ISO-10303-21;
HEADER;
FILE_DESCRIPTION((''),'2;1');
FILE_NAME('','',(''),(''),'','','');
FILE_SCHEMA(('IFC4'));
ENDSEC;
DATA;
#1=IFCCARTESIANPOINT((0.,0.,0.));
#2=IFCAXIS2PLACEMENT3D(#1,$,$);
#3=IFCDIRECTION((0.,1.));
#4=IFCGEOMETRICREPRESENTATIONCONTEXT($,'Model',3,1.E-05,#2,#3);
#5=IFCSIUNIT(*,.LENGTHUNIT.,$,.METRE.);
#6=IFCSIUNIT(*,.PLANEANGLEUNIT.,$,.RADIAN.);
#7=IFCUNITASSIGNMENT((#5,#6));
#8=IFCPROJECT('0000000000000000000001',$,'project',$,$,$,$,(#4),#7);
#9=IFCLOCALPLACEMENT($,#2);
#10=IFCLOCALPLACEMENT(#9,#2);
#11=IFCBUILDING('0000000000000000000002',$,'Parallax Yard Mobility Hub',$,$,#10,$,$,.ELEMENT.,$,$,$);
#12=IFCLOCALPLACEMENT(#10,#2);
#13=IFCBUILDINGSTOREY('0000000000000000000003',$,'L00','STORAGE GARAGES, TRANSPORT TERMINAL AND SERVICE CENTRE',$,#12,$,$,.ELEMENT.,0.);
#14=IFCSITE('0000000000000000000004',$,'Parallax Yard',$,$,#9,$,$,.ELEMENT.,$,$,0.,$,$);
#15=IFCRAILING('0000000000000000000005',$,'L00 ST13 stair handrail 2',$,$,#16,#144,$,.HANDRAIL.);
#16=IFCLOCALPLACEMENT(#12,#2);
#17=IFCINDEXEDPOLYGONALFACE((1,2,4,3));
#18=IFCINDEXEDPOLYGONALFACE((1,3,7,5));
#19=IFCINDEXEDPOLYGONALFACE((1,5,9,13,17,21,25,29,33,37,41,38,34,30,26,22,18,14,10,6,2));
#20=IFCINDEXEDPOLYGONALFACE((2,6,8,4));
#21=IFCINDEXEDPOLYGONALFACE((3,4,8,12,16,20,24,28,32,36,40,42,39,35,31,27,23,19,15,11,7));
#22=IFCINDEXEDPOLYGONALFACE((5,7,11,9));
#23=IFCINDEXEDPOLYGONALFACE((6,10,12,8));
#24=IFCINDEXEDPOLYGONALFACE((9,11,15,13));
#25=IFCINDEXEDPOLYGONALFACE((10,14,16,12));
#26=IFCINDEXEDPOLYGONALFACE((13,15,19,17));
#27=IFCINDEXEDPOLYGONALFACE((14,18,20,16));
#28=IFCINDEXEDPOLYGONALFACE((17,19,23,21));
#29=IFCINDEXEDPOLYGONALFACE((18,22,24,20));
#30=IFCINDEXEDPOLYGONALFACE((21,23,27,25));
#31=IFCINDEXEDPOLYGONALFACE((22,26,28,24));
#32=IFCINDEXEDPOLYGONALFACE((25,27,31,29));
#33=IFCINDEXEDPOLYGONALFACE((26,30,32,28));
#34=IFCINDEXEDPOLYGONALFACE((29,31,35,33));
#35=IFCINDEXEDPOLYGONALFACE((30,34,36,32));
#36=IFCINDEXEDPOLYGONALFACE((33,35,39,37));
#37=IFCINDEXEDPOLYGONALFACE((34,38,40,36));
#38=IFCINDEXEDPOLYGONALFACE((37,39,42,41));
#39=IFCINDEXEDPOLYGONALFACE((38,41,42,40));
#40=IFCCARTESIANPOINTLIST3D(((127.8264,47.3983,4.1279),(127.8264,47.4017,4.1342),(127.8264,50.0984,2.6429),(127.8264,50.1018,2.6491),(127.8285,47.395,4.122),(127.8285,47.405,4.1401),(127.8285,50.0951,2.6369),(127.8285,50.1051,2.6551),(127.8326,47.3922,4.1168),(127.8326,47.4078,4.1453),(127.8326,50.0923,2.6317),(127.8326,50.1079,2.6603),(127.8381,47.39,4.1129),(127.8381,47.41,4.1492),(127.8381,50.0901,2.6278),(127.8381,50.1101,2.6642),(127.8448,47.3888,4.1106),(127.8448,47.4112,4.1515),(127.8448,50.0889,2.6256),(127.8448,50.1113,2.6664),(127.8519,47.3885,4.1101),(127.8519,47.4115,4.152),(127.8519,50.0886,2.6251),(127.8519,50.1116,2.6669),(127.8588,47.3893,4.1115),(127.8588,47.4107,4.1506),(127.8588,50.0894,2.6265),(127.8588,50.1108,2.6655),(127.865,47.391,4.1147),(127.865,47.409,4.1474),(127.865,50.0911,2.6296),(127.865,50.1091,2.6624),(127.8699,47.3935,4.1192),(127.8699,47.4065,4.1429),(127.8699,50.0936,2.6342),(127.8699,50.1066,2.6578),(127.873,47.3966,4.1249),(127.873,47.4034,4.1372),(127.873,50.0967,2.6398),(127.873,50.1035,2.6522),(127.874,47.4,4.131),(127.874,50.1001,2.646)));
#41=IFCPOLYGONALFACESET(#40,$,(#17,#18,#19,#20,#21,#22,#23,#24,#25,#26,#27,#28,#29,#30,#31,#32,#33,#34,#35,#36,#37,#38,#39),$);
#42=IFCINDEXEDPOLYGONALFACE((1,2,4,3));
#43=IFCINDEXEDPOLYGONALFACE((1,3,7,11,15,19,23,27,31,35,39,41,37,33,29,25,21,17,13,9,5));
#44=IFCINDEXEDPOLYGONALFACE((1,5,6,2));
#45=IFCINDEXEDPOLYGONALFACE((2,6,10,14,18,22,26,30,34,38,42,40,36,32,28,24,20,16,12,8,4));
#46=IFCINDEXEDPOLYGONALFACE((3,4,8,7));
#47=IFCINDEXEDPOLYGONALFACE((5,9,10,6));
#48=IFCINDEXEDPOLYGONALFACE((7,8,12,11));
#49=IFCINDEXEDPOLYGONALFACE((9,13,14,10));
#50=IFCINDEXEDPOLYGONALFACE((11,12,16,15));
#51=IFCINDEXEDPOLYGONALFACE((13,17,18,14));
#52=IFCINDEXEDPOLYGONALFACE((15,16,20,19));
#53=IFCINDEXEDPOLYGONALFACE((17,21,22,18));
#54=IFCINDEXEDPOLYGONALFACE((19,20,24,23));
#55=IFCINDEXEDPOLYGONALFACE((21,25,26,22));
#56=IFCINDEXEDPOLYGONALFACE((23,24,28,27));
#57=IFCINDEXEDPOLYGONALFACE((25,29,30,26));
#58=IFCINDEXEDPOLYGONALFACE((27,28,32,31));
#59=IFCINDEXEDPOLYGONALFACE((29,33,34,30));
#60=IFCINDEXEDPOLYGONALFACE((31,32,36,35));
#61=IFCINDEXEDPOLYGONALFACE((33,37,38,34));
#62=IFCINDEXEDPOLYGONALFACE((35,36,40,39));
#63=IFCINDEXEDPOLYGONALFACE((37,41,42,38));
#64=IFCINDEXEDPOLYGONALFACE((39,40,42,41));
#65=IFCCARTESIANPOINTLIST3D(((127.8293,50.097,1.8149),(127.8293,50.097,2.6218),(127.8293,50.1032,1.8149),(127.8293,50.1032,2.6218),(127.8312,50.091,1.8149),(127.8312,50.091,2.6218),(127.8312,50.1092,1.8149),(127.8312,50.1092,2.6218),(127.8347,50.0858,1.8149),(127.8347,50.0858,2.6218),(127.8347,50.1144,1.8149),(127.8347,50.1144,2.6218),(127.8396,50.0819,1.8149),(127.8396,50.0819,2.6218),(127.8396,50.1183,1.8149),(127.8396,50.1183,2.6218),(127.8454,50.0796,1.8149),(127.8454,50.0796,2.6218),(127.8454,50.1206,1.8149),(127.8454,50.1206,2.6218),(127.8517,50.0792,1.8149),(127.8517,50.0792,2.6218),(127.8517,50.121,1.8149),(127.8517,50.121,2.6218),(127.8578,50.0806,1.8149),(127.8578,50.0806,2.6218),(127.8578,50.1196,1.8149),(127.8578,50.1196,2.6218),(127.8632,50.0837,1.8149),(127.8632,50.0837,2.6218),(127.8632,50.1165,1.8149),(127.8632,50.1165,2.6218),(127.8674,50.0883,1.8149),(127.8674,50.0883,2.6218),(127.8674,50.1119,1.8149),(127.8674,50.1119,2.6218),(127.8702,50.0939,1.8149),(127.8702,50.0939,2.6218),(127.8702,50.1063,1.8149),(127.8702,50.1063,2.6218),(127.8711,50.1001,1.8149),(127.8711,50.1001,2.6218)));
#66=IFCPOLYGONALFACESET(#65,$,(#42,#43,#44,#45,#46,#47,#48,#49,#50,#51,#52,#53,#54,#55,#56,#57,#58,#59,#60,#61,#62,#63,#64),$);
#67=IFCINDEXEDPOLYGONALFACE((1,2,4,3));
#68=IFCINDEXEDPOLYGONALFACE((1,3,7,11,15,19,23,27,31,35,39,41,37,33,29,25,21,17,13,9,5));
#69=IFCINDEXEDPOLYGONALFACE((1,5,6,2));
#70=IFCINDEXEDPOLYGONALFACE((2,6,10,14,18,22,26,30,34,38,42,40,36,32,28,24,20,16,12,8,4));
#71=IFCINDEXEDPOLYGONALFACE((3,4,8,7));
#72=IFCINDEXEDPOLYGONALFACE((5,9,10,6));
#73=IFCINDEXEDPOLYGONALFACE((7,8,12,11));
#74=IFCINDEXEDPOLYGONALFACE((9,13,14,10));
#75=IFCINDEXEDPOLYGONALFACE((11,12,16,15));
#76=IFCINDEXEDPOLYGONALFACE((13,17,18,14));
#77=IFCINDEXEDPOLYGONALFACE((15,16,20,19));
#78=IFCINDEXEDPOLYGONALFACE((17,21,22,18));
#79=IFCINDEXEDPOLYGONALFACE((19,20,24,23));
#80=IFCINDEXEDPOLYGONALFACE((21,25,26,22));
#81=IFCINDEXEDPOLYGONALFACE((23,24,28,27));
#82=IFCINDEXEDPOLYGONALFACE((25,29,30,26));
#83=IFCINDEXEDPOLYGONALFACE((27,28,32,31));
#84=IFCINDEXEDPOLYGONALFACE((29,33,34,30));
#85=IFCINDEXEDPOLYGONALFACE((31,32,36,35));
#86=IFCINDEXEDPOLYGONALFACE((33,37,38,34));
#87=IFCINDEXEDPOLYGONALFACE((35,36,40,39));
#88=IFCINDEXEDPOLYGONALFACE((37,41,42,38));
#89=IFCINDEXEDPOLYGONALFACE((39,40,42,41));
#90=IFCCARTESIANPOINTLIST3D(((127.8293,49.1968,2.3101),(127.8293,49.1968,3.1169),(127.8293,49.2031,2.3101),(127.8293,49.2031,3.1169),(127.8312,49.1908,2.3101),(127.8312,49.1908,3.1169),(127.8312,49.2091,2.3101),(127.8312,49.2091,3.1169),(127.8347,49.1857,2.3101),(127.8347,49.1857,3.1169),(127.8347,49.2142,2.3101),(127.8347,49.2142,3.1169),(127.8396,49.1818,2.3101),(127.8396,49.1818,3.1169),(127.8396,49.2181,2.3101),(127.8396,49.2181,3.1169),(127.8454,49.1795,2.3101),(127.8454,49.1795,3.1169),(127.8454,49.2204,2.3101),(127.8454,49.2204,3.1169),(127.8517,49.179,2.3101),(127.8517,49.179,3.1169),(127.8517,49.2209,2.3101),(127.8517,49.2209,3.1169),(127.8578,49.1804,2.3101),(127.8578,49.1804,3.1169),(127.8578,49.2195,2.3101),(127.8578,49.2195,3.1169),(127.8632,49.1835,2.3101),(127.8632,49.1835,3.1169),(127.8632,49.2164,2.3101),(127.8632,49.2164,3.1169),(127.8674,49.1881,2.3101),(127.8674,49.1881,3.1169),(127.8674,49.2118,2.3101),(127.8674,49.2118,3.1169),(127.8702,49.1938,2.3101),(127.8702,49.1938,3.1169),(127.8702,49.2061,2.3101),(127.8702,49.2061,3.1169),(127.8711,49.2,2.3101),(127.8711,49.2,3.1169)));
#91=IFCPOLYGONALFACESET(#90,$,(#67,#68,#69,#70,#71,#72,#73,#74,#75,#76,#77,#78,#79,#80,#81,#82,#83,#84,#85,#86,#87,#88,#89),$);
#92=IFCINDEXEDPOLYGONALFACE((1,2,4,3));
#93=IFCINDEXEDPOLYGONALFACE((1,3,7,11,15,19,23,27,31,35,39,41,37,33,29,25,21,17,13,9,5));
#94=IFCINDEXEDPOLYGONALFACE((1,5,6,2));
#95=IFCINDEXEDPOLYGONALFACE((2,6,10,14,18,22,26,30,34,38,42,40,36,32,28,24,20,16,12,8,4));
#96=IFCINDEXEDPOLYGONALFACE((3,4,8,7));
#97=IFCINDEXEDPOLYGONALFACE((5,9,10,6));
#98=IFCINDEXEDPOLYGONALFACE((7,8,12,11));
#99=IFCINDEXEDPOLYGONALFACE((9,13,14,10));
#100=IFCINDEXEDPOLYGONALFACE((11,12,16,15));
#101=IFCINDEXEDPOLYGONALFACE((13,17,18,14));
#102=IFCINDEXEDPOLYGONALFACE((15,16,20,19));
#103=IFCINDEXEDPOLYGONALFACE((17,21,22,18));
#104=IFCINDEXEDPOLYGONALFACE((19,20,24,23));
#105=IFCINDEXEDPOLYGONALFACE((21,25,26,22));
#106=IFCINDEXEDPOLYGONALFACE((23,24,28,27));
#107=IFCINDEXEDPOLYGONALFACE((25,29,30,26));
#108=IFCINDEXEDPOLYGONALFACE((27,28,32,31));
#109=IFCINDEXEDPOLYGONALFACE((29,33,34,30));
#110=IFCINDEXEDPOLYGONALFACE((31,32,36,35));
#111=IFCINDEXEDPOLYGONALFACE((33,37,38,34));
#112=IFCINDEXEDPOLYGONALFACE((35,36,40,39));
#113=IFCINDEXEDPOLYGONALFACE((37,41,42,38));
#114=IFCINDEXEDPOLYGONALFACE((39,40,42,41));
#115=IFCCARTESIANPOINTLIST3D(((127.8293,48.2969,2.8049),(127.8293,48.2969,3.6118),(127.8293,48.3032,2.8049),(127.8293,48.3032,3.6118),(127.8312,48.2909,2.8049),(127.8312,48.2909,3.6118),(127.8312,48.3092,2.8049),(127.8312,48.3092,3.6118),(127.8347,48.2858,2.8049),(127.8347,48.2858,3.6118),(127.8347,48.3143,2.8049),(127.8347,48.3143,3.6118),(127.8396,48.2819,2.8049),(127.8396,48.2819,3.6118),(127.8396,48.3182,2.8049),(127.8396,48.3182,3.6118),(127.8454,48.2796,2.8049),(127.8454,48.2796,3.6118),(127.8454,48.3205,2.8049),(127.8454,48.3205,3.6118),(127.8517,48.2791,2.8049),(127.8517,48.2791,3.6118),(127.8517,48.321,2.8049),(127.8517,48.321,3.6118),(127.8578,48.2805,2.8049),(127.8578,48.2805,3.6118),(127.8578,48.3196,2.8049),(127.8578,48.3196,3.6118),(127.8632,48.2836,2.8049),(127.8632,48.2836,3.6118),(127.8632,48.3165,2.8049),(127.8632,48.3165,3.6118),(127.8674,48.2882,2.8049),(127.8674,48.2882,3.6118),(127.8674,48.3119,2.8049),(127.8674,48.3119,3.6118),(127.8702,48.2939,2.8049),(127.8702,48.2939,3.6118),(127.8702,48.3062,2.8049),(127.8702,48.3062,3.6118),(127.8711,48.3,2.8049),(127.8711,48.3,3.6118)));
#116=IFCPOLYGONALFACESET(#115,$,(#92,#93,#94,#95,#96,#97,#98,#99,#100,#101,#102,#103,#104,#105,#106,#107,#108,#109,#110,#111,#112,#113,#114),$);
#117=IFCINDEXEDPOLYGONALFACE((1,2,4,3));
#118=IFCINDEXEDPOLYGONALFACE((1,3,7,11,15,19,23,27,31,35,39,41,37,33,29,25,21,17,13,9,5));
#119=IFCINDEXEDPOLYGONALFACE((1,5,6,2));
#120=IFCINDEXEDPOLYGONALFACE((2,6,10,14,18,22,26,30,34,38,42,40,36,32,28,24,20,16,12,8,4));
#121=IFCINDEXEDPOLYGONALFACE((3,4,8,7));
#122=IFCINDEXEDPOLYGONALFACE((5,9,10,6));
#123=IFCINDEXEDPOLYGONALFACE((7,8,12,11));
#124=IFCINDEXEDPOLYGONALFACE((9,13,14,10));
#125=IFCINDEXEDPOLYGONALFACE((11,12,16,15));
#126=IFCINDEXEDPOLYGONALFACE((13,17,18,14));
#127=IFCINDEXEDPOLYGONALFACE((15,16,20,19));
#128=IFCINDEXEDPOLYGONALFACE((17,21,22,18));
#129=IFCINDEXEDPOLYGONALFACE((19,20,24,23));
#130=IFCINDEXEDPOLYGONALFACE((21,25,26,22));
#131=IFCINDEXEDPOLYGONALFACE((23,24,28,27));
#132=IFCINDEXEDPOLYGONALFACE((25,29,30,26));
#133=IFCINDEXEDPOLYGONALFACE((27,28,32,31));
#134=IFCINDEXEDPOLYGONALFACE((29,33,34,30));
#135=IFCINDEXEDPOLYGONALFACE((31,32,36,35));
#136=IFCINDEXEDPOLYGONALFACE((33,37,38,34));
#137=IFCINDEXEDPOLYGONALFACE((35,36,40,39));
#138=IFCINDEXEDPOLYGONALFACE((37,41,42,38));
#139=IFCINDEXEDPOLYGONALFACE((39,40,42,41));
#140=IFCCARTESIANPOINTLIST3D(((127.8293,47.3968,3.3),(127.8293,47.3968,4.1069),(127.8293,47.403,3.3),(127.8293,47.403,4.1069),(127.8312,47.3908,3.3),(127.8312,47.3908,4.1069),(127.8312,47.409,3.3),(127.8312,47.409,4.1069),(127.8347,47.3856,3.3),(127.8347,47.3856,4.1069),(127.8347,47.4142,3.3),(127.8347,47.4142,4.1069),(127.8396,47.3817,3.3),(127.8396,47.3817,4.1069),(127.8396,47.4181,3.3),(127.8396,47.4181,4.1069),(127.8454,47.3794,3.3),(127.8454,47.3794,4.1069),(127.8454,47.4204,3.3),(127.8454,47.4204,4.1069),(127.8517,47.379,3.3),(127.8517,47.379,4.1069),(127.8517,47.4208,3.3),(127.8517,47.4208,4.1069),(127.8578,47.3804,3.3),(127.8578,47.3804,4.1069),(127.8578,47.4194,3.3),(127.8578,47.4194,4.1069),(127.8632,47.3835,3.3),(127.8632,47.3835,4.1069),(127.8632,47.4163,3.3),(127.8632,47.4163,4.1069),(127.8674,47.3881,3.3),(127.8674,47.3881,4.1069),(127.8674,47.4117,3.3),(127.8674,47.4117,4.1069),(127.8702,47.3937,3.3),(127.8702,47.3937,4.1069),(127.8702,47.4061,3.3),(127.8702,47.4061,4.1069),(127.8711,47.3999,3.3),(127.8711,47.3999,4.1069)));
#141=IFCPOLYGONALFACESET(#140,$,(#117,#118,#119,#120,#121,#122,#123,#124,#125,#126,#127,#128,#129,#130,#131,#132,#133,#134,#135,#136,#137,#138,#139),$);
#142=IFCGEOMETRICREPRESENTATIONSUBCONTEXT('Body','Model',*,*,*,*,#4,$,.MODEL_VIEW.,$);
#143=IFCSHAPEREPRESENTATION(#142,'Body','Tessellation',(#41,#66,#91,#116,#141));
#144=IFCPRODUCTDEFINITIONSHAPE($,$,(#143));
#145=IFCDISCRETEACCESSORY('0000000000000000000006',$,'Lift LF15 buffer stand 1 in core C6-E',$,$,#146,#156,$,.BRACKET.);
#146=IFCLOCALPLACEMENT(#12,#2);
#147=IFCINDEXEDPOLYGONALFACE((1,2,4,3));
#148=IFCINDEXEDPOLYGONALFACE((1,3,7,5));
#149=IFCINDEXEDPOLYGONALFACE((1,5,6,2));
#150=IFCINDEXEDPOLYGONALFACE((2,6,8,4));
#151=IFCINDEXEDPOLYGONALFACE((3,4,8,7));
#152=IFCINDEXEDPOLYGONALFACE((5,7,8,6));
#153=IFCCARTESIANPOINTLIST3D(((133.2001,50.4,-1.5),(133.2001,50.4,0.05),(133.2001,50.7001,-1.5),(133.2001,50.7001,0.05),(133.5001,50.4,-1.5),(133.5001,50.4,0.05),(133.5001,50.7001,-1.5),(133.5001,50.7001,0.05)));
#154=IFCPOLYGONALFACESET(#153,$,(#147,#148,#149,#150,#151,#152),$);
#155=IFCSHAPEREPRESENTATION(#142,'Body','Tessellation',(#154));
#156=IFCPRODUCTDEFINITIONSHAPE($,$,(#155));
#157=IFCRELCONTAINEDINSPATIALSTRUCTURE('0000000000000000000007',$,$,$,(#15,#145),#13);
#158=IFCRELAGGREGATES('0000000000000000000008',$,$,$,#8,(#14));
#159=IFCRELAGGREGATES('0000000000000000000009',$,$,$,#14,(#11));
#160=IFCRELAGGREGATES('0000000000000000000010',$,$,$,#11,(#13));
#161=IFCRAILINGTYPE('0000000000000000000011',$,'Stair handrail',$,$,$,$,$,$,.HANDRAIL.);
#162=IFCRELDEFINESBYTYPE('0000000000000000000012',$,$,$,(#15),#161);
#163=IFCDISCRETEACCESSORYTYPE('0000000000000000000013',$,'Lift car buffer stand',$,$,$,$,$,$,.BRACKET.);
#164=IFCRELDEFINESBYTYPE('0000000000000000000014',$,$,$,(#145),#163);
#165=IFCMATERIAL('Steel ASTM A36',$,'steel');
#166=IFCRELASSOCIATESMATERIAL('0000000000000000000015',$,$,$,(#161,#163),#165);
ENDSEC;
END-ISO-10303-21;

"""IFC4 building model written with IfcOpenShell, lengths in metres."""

from ifc_helpers import new_model, si_unit, direction, frame, origin, origin_2d, place, context, subcontext, project, spatial, rectangle, circle, extrude, material, type_object, element, save


model = new_model("IFC4")

# Units and contexts
model_context = context("Model", 3, precision=1e-05, world=origin(), true_north=direction((0.0, 1.0)))
body_context = subcontext(model_context, "Body", "Model", "MODEL_VIEW")
ifc_project = project(units=[si_unit("LENGTHUNIT", "METRE"), si_unit("PLANEANGLEUNIT", "RADIAN")], contexts=[model_context])

# Site, building, storey
site_placement = place(None, origin())
site = spatial("IfcSite", under=ifc_project, at=site_placement, Name="Parallax Yard", CompositionType="ELEMENT", RefElevation=0.0)
building_placement = place(site_placement, origin())
building = spatial("IfcBuilding", under=site, at=building_placement, Name="Parallax Yard Mobility Hub", CompositionType="ELEMENT")
storey_placement = place(building_placement, origin())
storey = spatial("IfcBuildingStorey", under=building, at=storey_placement, Name="L00", Description="STORAGE GARAGES, TRANSPORT TERMINAL AND SERVICE CENTRE", CompositionType="ELEMENT", Elevation=0.0)

# Railing
ifc_material_1 = material(Name="Steel ASTM A36", Category="steel")
railing_type_1 = type_object("IfcRailingType", Name="Stair handrail", PredefinedType="HANDRAIL", material=ifc_material_1)
railing_1_placement = place(storey_placement, frame((127.8501, 50.1001, 1.8149)))
element("IfcRailing", 1, at=railing_1_placement, inside=storey, type_object=railing_type_1, Name="L00 ST13 stair handrail 2", PredefinedType="HANDRAIL", context=body_context, shape_type="SweptSolid", body=[
    extrude(circle(Radius=0.0239, at=origin_2d()), frame((0.0, 0.0, 0.8311), z_axis=(0.0, -0.876216, 0.481919), x_axis=(1.0, 0.0, 0.0)), (0.0, 0.0, 1.0), 3.0815),
    extrude(circle(Radius=0.021, at=origin_2d()), origin(), (0.0, 0.0, 1.0), 0.8069),
    extrude(circle(Radius=0.021, at=origin_2d()), frame((0.0, -0.9001, 0.4951)), (0.0, 0.0, 1.0), 0.8069),
    extrude(circle(Radius=0.021, at=origin_2d()), frame((0.0, -1.8, 0.99)), (0.0, 0.0, 1.0), 0.8069),
    extrude(circle(Radius=0.021, at=origin_2d()), frame((0.0, -2.7002, 1.4851)), (0.0, 0.0, 1.0), 0.8069),
])

# Discrete accessory
discrete_accessory_type = type_object("IfcDiscreteAccessoryType", Name="Lift car buffer stand", PredefinedType="BRACKET", material=ifc_material_1)
discrete_accessory_placement = place(storey_placement, frame((133.3501, 50.55, -1.5), z_axis=(0.0, 0.0, 1.0), x_axis=(1.0, 0.0, 0.0)))
element("IfcDiscreteAccessory", 2, at=discrete_accessory_placement, inside=storey, type_object=discrete_accessory_type, Name="Lift LF15 buffer stand 1 in core C6-E", PredefinedType="BRACKET", context=body_context, shape_type="SweptSolid", body=[
    extrude(rectangle(XDim=0.3, YDim=0.3, at=origin_2d()), origin(), (0.0, 0.0, 1.0), 1.55),
])

save(model, "model.ifc")
